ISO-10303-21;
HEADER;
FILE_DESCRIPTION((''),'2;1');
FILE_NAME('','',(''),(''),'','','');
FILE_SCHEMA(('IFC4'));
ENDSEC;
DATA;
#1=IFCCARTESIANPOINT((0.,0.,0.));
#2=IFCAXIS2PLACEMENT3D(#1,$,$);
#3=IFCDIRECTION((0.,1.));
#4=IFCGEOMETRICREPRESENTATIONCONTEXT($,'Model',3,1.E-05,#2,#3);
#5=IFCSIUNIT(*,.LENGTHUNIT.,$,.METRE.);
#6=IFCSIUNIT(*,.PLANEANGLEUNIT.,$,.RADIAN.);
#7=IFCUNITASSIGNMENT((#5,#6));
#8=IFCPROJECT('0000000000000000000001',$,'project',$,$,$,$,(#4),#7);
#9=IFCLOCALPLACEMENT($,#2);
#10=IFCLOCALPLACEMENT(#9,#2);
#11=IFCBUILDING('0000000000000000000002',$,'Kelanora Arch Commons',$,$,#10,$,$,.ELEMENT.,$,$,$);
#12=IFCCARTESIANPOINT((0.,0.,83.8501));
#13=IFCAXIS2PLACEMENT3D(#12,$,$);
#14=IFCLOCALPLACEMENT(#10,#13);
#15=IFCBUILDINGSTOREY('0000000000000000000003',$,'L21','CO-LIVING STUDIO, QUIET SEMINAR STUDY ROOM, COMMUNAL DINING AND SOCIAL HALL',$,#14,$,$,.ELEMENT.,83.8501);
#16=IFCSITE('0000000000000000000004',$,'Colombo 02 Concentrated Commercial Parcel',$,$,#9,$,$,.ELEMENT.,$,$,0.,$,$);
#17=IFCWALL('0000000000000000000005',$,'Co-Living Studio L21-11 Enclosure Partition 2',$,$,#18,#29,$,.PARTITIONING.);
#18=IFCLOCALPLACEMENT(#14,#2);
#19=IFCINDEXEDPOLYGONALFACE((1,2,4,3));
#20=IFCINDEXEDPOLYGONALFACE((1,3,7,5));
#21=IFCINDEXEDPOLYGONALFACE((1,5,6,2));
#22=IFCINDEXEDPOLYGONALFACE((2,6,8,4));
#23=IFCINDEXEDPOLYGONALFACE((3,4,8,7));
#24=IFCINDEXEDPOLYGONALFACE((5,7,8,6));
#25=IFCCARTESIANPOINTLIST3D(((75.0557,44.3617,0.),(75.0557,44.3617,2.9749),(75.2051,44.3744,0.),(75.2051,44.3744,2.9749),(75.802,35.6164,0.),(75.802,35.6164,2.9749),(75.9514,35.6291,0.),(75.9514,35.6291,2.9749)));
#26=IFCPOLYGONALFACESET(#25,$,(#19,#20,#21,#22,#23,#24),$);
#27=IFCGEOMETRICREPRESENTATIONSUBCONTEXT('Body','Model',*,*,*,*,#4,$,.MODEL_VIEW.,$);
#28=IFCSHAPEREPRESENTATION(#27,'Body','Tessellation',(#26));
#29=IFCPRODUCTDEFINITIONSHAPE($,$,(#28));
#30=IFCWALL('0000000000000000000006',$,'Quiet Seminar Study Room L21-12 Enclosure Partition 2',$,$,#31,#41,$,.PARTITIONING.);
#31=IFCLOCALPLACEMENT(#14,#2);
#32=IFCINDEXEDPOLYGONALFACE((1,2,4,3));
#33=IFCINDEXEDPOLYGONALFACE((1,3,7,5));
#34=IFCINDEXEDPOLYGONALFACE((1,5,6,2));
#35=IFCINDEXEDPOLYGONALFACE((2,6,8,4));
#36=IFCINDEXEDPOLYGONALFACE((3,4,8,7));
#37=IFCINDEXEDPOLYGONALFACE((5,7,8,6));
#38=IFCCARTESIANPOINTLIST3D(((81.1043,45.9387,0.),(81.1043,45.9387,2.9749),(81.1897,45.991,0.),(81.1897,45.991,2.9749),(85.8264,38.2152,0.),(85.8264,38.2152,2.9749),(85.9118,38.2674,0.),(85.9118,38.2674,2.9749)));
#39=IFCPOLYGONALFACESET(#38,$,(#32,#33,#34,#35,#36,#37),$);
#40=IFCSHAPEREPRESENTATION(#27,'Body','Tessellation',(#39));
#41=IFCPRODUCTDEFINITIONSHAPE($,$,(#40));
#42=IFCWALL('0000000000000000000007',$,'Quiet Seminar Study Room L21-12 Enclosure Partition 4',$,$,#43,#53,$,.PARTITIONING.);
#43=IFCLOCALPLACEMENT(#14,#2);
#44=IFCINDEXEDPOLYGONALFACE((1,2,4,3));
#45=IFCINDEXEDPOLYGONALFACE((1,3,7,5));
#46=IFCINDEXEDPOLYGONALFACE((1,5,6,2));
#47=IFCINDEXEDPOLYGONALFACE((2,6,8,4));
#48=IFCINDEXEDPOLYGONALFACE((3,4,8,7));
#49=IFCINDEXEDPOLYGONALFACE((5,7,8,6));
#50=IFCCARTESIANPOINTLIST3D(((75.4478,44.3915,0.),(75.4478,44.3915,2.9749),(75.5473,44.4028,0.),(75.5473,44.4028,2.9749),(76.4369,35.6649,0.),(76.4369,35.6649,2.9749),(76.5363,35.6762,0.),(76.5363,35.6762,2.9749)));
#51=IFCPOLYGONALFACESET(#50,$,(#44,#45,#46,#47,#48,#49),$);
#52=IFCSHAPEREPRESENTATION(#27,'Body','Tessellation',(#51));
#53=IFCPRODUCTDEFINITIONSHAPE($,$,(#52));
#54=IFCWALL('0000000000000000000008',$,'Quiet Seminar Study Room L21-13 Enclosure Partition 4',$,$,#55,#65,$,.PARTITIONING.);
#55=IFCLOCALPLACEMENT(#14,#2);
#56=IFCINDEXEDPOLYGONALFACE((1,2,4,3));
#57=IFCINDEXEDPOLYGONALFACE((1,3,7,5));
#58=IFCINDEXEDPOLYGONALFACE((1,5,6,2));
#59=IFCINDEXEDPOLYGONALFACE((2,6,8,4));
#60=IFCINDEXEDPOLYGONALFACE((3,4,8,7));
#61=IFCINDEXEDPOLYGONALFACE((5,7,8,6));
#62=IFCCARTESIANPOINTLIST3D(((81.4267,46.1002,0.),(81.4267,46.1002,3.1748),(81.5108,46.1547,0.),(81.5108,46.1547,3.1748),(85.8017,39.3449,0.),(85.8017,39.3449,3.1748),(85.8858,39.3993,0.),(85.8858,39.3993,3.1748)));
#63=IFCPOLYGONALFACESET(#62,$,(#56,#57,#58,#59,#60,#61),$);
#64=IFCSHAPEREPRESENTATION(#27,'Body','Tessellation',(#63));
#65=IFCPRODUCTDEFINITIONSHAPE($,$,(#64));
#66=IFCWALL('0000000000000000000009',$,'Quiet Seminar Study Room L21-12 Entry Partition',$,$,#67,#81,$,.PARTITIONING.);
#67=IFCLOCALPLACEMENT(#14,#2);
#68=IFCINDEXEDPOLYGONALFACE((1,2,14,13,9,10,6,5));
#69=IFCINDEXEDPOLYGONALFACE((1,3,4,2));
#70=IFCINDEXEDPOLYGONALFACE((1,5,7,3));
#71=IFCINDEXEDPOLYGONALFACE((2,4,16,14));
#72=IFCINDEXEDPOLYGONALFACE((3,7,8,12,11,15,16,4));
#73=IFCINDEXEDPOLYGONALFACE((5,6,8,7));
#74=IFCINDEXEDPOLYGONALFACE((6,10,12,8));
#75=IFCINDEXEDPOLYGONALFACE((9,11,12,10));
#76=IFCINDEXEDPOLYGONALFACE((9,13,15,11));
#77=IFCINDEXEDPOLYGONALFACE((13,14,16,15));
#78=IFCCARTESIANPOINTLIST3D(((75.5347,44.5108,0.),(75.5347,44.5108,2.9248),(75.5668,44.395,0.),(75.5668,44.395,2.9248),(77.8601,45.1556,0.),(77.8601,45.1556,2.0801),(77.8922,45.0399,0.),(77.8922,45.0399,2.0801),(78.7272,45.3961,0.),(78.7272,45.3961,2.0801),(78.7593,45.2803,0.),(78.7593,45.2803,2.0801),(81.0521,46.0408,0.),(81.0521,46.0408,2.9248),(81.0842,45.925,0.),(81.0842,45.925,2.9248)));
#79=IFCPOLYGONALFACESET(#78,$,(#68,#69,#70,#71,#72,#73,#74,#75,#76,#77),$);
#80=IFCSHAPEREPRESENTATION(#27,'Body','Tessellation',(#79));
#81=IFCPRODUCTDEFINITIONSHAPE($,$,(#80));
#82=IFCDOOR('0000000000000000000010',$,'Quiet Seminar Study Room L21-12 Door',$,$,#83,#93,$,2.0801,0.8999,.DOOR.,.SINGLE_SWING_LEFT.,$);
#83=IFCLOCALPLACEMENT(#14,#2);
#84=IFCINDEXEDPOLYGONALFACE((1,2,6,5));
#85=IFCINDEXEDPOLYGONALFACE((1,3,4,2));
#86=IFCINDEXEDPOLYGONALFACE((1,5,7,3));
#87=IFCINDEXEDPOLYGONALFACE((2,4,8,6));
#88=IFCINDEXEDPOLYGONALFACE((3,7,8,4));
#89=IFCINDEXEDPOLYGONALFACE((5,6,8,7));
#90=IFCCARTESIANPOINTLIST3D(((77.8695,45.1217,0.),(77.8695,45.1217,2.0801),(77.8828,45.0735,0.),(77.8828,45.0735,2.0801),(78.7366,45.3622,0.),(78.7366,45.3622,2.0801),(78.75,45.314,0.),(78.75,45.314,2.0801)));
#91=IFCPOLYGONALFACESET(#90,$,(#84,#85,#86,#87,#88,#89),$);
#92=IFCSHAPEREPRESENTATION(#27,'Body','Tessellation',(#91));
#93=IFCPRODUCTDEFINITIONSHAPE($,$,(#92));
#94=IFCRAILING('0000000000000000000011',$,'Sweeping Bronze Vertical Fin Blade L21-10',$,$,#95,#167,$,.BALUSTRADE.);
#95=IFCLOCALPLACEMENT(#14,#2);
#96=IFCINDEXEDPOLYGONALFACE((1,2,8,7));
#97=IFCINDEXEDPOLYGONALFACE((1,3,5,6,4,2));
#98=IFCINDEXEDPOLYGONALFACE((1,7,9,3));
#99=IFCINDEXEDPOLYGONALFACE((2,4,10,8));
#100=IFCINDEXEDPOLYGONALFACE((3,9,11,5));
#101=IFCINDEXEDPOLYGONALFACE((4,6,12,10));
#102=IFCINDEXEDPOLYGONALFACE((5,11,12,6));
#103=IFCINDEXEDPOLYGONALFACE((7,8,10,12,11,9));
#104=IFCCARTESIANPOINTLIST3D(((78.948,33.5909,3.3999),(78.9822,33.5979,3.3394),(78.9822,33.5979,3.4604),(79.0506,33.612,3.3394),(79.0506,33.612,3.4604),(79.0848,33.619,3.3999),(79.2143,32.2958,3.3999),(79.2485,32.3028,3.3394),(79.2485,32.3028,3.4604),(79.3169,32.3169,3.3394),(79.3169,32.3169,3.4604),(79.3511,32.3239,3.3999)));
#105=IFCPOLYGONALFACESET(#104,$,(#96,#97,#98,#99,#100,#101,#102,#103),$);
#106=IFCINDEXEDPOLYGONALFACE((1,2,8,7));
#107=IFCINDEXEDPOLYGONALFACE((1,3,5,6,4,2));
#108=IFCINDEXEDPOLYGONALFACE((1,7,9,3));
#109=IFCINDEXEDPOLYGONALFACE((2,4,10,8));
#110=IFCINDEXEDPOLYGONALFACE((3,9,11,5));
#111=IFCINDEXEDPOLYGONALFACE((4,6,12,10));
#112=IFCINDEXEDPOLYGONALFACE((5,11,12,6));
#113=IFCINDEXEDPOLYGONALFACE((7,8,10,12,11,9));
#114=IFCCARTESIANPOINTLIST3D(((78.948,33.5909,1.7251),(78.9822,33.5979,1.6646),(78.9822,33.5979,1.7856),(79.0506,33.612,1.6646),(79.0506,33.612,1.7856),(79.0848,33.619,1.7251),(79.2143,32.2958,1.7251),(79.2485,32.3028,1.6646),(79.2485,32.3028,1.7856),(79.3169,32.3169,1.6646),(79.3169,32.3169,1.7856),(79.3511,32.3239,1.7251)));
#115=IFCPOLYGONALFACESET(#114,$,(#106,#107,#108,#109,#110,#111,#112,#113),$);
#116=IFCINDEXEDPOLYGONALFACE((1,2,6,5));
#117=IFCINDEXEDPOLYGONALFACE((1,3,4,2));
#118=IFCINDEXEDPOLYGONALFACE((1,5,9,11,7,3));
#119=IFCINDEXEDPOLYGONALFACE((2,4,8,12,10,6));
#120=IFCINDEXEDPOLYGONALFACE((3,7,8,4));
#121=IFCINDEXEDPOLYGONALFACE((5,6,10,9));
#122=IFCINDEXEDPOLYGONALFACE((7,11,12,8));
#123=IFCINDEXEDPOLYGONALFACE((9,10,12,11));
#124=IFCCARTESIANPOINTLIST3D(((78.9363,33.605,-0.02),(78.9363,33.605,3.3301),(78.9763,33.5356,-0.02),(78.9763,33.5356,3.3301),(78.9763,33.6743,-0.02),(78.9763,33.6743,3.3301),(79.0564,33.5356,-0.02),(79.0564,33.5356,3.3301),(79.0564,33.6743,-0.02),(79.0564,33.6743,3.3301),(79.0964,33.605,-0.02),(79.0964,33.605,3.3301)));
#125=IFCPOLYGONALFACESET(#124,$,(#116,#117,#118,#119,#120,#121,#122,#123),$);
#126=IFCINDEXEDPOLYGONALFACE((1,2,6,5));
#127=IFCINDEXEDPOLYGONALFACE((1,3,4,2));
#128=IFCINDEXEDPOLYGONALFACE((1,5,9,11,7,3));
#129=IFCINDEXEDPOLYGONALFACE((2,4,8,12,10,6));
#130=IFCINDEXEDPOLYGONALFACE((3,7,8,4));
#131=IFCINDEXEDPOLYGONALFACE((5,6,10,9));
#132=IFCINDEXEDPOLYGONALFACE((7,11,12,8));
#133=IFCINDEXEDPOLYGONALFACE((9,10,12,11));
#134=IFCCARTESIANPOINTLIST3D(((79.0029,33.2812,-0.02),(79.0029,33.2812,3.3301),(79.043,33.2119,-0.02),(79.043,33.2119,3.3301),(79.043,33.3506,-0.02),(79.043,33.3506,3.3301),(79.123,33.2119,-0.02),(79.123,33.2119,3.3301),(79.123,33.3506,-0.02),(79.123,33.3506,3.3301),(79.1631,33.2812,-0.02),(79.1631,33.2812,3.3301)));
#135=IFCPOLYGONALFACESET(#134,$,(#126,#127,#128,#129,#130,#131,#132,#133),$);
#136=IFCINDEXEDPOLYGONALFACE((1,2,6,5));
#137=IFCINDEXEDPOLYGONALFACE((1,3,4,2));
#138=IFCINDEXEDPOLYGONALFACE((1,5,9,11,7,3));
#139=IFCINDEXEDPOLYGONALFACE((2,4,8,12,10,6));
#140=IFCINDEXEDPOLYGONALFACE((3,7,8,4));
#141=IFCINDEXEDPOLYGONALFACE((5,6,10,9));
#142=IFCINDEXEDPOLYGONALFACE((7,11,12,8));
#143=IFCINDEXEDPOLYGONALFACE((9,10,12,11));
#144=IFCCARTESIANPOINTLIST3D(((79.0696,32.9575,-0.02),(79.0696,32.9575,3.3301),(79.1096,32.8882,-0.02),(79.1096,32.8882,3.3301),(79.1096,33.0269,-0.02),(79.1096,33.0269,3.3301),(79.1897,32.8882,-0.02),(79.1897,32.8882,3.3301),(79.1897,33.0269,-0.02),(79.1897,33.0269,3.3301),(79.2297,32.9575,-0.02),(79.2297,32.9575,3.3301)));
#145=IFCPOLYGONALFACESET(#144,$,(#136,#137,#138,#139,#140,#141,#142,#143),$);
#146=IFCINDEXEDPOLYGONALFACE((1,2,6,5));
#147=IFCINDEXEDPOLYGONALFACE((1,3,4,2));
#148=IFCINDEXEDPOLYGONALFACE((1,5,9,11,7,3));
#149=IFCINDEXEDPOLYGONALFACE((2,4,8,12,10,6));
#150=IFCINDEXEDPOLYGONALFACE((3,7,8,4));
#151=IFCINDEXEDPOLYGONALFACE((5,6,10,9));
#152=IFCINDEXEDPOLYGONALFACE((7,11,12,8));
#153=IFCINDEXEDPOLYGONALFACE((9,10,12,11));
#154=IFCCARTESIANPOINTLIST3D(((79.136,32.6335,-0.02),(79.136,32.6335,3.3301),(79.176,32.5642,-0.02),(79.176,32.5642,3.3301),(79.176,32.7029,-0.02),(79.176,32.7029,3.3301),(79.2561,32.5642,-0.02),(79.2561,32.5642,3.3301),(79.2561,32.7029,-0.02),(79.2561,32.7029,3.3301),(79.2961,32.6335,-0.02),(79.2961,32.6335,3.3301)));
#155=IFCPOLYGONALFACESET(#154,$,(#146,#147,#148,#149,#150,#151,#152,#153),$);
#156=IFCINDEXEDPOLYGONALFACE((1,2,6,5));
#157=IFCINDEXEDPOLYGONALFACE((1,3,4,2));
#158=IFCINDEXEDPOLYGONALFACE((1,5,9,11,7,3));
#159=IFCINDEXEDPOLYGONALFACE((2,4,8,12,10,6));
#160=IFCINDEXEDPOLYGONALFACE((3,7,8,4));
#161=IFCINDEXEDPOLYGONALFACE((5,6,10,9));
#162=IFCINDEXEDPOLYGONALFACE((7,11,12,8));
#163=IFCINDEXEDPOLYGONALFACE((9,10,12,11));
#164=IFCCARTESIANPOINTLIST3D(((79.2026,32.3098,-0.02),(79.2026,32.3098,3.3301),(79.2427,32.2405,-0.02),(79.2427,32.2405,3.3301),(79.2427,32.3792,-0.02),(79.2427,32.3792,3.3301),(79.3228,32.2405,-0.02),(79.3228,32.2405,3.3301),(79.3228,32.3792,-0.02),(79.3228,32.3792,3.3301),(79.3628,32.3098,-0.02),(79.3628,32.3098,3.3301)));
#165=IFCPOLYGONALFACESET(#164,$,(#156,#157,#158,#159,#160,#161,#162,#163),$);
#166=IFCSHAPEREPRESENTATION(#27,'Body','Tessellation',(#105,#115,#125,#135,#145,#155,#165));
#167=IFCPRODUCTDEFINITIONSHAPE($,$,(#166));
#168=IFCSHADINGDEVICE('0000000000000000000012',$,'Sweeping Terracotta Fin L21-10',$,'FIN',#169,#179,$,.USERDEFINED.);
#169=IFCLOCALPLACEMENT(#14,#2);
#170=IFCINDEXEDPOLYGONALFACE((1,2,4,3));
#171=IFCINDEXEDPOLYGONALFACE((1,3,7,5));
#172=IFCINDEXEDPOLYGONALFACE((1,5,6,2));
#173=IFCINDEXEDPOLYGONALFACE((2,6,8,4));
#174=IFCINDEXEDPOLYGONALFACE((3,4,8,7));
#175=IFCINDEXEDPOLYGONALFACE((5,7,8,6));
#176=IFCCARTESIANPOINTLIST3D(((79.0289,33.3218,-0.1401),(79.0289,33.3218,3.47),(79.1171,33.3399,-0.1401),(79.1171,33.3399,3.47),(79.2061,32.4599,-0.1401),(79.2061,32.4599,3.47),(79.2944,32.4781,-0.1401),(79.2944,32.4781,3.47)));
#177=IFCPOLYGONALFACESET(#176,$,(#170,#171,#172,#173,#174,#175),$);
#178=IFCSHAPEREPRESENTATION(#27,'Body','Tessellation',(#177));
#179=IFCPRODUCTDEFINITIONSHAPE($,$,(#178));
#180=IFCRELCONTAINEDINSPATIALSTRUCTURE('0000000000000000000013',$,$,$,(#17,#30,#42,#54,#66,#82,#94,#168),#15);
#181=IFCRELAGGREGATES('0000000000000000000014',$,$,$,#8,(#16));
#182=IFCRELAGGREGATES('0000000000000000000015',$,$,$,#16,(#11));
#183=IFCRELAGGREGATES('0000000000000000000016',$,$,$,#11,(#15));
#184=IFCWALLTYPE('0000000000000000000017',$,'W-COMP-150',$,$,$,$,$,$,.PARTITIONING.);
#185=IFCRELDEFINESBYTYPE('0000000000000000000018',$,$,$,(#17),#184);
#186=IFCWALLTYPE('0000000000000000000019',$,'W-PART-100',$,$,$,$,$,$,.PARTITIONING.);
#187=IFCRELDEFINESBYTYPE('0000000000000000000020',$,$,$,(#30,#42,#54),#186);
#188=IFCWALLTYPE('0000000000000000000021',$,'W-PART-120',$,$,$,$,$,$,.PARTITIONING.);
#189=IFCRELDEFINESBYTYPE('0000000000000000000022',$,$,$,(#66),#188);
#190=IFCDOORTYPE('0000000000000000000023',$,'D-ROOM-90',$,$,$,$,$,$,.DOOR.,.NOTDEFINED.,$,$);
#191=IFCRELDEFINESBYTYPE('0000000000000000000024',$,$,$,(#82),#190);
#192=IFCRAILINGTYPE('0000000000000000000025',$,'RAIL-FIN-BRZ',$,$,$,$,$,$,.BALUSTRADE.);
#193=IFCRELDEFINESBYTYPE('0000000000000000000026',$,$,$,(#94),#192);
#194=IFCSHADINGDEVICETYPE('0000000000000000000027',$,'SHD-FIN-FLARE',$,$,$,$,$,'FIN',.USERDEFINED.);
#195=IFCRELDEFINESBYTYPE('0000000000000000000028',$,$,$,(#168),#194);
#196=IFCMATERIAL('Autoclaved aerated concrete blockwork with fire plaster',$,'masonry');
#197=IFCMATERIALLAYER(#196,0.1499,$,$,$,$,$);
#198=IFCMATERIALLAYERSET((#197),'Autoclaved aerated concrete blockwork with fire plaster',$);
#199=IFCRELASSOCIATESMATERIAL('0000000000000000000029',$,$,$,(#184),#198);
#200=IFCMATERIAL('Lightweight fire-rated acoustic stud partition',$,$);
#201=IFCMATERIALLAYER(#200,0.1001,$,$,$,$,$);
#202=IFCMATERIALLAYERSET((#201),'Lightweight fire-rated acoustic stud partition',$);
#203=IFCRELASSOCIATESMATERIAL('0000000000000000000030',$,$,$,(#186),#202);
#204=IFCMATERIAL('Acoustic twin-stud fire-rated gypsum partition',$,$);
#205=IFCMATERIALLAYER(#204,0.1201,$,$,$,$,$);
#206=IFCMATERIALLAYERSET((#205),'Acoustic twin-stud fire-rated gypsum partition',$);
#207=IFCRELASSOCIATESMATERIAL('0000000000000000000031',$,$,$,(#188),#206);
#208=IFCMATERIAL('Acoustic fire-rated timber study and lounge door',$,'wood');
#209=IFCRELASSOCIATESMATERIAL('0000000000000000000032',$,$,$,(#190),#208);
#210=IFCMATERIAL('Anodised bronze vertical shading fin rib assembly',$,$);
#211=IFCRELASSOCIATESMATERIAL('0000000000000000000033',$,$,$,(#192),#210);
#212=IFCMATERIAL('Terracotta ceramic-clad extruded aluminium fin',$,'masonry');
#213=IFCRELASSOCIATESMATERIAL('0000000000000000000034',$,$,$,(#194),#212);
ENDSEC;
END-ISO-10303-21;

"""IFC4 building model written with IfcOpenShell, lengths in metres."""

from ifc_helpers import new_model, si_unit, direction, frame, frame_2d, origin, origin_2d, place, context, subcontext, project, spatial, polyline, rectangle, outline, extrude, source, transform, mapped, material, layer, layer_set, type_object, element, fill, save


model = new_model("IFC4")

# Units and contexts
model_context = context("Model", 3, precision=1e-05, world=origin(), true_north=direction((0.0, 1.0)))
body_context = subcontext(model_context, "Body", "Model", "MODEL_VIEW")
ifc_project = project(units=[si_unit("LENGTHUNIT", "METRE"), si_unit("PLANEANGLEUNIT", "RADIAN")], contexts=[model_context])

# Site, building, storey
site_placement = place(None, origin())
site = spatial("IfcSite", under=ifc_project, at=site_placement, Name="Colombo 02 Concentrated Commercial Parcel", CompositionType="ELEMENT", RefElevation=0.0)
building_placement = place(site_placement, origin())
building = spatial("IfcBuilding", under=site, at=building_placement, Name="Kelanora Arch Commons", CompositionType="ELEMENT")
storey_placement = place(building_placement, frame((0.0, 0.0, 83.8501)))
storey = spatial("IfcBuildingStorey", under=building, at=storey_placement, Name="L21", Description="CO-LIVING STUDIO, QUIET SEMINAR STUDY ROOM, COMMUNAL DINING AND SOCIAL HALL", CompositionType="ELEMENT", Elevation=83.8501)

# Walls
ifc_material_1 = material(Name="Autoclaved aerated concrete blockwork with fire plaster", Category="masonry")
ifc_layer_1 = layer(ifc_material_1, 0.1499)
ifc_layer_set_1 = layer_set([ifc_layer_1], Name="Autoclaved aerated concrete blockwork with fire plaster")
wall_type_1 = type_object("IfcWallType", Name="W-COMP-150", PredefinedType="PARTITIONING", material=ifc_layer_set_1)
wall_1_placement = place(storey_placement, frame((75.1304, 44.3682, 0.0), z_axis=(0.0, 0.0, 1.0), x_axis=(0.085032, -0.996378, 0.0)))
element("IfcWall", 1, at=wall_1_placement, inside=storey, type_object=wall_type_1, Name="Co-Living Studio L21-11 Enclosure Partition 2", PredefinedType="PARTITIONING", context=body_context, shape_type="SweptSolid", body=[
    extrude(rectangle(XDim=8.7771, YDim=0.1499, at=frame_2d((4.3887, 0.0))), origin(), (0.0, 0.0, 1.0), 2.9749),
])
ifc_material_2 = material(Name="Lightweight fire-rated acoustic stud partition")
ifc_layer_2 = layer(ifc_material_2, 0.1001)
ifc_layer_set_2 = layer_set([ifc_layer_2], Name="Lightweight fire-rated acoustic stud partition")
wall_type_2 = type_object("IfcWallType", Name="W-PART-100", PredefinedType="PARTITIONING", material=ifc_layer_set_2)
wall_2_placement = place(storey_placement, frame((81.147, 45.9648, 0.0), z_axis=(0.0, 0.0, 1.0), x_axis=(0.521625, -0.853175, 0.0)))
element("IfcWall", 2, at=wall_2_placement, inside=storey, type_object=wall_type_2, Name="Quiet Seminar Study Room L21-12 Enclosure Partition 2", PredefinedType="PARTITIONING", context=body_context, shape_type="SweptSolid", body=[
    extrude(rectangle(XDim=9.0527, YDim=0.1001, at=frame_2d((4.5264, 0.0))), origin(), (0.0, 0.0, 1.0), 2.9749),
])
wall_3_placement = place(storey_placement, frame((76.4866, 35.6707, 0.0), z_axis=(0.0, 0.0, 1.0), x_axis=(-0.112613, 0.993639, 0.0)))
element("IfcWall", 3, at=wall_3_placement, inside=storey, type_object=wall_type_2, Name="Quiet Seminar Study Room L21-12 Enclosure Partition 4", PredefinedType="PARTITIONING", context=body_context, shape_type="SweptSolid", body=[
    extrude(rectangle(XDim=8.7825, YDim=0.1001, at=frame_2d((4.3911, 0.0))), origin(), (0.0, 0.0, 1.0), 2.9749),
])
wall_4_placement = place(storey_placement, frame((85.8438, 39.3721, 0.0), z_axis=(0.0, 0.0, 1.0), x_axis=(-0.543591, 0.83935, 0.0)))
element("IfcWall", 4, at=wall_4_placement, inside=storey, type_object=wall_type_2, Name="Quiet Seminar Study Room L21-13 Enclosure Partition 4", PredefinedType="PARTITIONING", context=body_context, shape_type="SweptSolid", body=[
    extrude(rectangle(XDim=8.0483, YDim=0.1001, at=frame_2d((4.0242, 0.0))), origin(), (0.0, 0.0, 1.0), 3.1748),
])

# Wall, opening, door
ifc_material_3 = material(Name="Acoustic twin-stud fire-rated gypsum partition")
ifc_layer_3 = layer(ifc_material_3, 0.1201)
ifc_layer_set_3 = layer_set([ifc_layer_3], Name="Acoustic twin-stud fire-rated gypsum partition")
wall_type_3 = type_object("IfcWallType", Name="W-PART-120", PredefinedType="PARTITIONING", material=ifc_layer_set_3)
wall_5_placement = place(storey_placement, frame((75.5508, 44.4529, 0.0), z_axis=(0.0, 0.0, 1.0), x_axis=(0.963633, 0.267228, 0.0)))
wall_5 = element("IfcWall", 5, at=wall_5_placement, inside=storey, type_object=wall_type_3, Name="Quiet Seminar Study Room L21-12 Entry Partition", PredefinedType="PARTITIONING", context=body_context, shape_type="SweptSolid", body=[
    extrude(rectangle(XDim=5.7256, YDim=0.1201, at=frame_2d((2.8628, 0.0))), origin(), (0.0, 0.0, 1.0), 2.9248),
])
opening_placement = place(wall_5_placement, frame((2.4131, 0.0, 0.0)))
opening = element("IfcOpeningElement", 6, at=opening_placement, cuts=wall_5, PredefinedType="OPENING", context=body_context, shape_type="SweptSolid", body=[
    extrude(rectangle(XDim=0.8999, YDim=2.0801, at=frame_2d((0.45, 1.04))), frame((0.0, 0.0701, 0.0), z_axis=(0.0, -1.0, 0.0), x_axis=(1.0, 0.0, 0.0)), (0.0, 0.0, 1.0), 0.1401),
])
ifc_material_4 = material(Name="Acoustic fire-rated timber study and lounge door", Category="wood")
door_type = type_object("IfcDoorType", Name="D-ROOM-90", OperationType="NOTDEFINED", PredefinedType="DOOR", material=ifc_material_4)
door_placement = place(opening_placement, origin())
door = element("IfcDoor", 7, at=door_placement, inside=storey, type_object=door_type, Name="Quiet Seminar Study Room L21-12 Door", OperationType="SINGLE_SWING_LEFT", OverallHeight=2.0801, OverallWidth=0.8999, PredefinedType="DOOR", context=body_context, shape_type="SweptSolid", body=[
    extrude(rectangle(XDim=0.8999, YDim=2.0801, at=frame_2d((0.45, 1.04))), frame((0.0, 0.0249, 0.0), z_axis=(0.0, -1.0, 0.0), x_axis=(1.0, 0.0, 0.0)), (0.0, 0.0, 1.0), 0.05),
])
fill(opening, door)

# Railing
ifc_material_5 = material(Name="Anodised bronze vertical shading fin rib assembly")
railing_type = type_object("IfcRailingType", Name="RAIL-FIN-BRZ", PredefinedType="BALUSTRADE", material=ifc_material_5)
railing_placement = place(storey_placement, frame((79.0164, 33.605, -0.02)))
element("IfcRailing", 8, at=railing_placement, inside=storey, type_object=railing_type, Name="Sweeping Bronze Vertical Fin Blade L21-10", PredefinedType="BALUSTRADE", context=body_context, shape_type="SweptSolid", body=[
    extrude(outline(polyline([(0.0698, 0.0), (0.0349, 0.0605), (-0.0349, 0.0605), (-0.0698, 0.0), (-0.0349, -0.0605), (0.0349, -0.0605), (0.0698, 0.0)])), frame((0.0, 0.0, 3.4199), z_axis=(0.201439, -0.979501, 0.0), x_axis=(0.979501, 0.201439, 0.0)), (0.0, 0.0, 1.0), 1.3223),
    extrude(outline(polyline([(0.0698, 0.0), (0.0349, 0.0605), (-0.0349, 0.0605), (-0.0698, 0.0), (-0.0349, -0.0605), (0.0349, -0.0605), (0.0698, 0.0)])), frame((0.0, 0.0, 1.7451), z_axis=(0.201439, -0.979501, 0.0), x_axis=(0.979501, 0.201439, 0.0)), (0.0, 0.0, 1.0), 1.3223),
    extrude(outline(polyline([(0.0801, 0.0), (0.04, 0.0693), (-0.04, 0.0693), (-0.0801, 0.0), (-0.04, -0.0693), (0.04, -0.0693), (0.0801, 0.0)])), origin(), (0.0, 0.0, 1.0), 3.3501),
    extrude(outline(polyline([(0.0801, 0.0), (0.04, 0.0693), (-0.04, 0.0693), (-0.0801, 0.0), (-0.04, -0.0693), (0.04, -0.0693), (0.0801, 0.0)])), frame((0.0667, -0.3237, 0.0)), (0.0, 0.0, 1.0), 3.3501),
    extrude(outline(polyline([(0.0801, 0.0), (0.04, 0.0693), (-0.04, 0.0693), (-0.0801, 0.0), (-0.04, -0.0693), (0.04, -0.0693), (0.0801, 0.0)])), frame((0.1333, -0.6475, 0.0)), (0.0, 0.0, 1.0), 3.3501),
    extrude(outline(polyline([(0.0801, 0.0), (0.04, 0.0693), (-0.04, 0.0693), (-0.0801, 0.0), (-0.04, -0.0693), (0.04, -0.0693), (0.0801, 0.0)])), frame((0.1997, -0.9714, 0.0)), (0.0, 0.0, 1.0), 3.3501),
    extrude(outline(polyline([(0.0801, 0.0), (0.04, 0.0693), (-0.04, 0.0693), (-0.0801, 0.0), (-0.04, -0.0693), (0.04, -0.0693), (0.0801, 0.0)])), frame((0.2664, -1.2952, 0.0)), (0.0, 0.0, 1.0), 3.3501),
])

# Shading device
ifc_material_6 = material(Name="Terracotta ceramic-clad extruded aluminium fin", Category="masonry")
shading_device_type = type_object("IfcShadingDeviceType", Name="SHD-FIN-FLARE", ElementType="FIN", PredefinedType="USERDEFINED", material=ifc_material_6)
shared_shape_1 = source(origin(), body_context, "Body", "SweptSolid", [
    extrude(rectangle(XDim=0.8799, YDim=0.0901, at=origin_2d()), origin(), (0.0, 0.0, 1.0), 3.6101),
])
shading_device_placement = place(storey_placement, frame((79.1616, 32.8999, -0.1401), z_axis=(0.0, 0.0, 1.0), x_axis=(0.20142, -0.979505, 0.0)))
element("IfcShadingDevice", 9, at=shading_device_placement, inside=storey, type_object=shading_device_type, Name="Sweeping Terracotta Fin L21-10", ObjectType="FIN", PredefinedType="USERDEFINED", context=body_context, shape_type="MappedRepresentation", body=[
    mapped(shared_shape_1, transform((0.0, 0.0, 0.0), scale=1.0)),
])

save(model, "model.ifc")
